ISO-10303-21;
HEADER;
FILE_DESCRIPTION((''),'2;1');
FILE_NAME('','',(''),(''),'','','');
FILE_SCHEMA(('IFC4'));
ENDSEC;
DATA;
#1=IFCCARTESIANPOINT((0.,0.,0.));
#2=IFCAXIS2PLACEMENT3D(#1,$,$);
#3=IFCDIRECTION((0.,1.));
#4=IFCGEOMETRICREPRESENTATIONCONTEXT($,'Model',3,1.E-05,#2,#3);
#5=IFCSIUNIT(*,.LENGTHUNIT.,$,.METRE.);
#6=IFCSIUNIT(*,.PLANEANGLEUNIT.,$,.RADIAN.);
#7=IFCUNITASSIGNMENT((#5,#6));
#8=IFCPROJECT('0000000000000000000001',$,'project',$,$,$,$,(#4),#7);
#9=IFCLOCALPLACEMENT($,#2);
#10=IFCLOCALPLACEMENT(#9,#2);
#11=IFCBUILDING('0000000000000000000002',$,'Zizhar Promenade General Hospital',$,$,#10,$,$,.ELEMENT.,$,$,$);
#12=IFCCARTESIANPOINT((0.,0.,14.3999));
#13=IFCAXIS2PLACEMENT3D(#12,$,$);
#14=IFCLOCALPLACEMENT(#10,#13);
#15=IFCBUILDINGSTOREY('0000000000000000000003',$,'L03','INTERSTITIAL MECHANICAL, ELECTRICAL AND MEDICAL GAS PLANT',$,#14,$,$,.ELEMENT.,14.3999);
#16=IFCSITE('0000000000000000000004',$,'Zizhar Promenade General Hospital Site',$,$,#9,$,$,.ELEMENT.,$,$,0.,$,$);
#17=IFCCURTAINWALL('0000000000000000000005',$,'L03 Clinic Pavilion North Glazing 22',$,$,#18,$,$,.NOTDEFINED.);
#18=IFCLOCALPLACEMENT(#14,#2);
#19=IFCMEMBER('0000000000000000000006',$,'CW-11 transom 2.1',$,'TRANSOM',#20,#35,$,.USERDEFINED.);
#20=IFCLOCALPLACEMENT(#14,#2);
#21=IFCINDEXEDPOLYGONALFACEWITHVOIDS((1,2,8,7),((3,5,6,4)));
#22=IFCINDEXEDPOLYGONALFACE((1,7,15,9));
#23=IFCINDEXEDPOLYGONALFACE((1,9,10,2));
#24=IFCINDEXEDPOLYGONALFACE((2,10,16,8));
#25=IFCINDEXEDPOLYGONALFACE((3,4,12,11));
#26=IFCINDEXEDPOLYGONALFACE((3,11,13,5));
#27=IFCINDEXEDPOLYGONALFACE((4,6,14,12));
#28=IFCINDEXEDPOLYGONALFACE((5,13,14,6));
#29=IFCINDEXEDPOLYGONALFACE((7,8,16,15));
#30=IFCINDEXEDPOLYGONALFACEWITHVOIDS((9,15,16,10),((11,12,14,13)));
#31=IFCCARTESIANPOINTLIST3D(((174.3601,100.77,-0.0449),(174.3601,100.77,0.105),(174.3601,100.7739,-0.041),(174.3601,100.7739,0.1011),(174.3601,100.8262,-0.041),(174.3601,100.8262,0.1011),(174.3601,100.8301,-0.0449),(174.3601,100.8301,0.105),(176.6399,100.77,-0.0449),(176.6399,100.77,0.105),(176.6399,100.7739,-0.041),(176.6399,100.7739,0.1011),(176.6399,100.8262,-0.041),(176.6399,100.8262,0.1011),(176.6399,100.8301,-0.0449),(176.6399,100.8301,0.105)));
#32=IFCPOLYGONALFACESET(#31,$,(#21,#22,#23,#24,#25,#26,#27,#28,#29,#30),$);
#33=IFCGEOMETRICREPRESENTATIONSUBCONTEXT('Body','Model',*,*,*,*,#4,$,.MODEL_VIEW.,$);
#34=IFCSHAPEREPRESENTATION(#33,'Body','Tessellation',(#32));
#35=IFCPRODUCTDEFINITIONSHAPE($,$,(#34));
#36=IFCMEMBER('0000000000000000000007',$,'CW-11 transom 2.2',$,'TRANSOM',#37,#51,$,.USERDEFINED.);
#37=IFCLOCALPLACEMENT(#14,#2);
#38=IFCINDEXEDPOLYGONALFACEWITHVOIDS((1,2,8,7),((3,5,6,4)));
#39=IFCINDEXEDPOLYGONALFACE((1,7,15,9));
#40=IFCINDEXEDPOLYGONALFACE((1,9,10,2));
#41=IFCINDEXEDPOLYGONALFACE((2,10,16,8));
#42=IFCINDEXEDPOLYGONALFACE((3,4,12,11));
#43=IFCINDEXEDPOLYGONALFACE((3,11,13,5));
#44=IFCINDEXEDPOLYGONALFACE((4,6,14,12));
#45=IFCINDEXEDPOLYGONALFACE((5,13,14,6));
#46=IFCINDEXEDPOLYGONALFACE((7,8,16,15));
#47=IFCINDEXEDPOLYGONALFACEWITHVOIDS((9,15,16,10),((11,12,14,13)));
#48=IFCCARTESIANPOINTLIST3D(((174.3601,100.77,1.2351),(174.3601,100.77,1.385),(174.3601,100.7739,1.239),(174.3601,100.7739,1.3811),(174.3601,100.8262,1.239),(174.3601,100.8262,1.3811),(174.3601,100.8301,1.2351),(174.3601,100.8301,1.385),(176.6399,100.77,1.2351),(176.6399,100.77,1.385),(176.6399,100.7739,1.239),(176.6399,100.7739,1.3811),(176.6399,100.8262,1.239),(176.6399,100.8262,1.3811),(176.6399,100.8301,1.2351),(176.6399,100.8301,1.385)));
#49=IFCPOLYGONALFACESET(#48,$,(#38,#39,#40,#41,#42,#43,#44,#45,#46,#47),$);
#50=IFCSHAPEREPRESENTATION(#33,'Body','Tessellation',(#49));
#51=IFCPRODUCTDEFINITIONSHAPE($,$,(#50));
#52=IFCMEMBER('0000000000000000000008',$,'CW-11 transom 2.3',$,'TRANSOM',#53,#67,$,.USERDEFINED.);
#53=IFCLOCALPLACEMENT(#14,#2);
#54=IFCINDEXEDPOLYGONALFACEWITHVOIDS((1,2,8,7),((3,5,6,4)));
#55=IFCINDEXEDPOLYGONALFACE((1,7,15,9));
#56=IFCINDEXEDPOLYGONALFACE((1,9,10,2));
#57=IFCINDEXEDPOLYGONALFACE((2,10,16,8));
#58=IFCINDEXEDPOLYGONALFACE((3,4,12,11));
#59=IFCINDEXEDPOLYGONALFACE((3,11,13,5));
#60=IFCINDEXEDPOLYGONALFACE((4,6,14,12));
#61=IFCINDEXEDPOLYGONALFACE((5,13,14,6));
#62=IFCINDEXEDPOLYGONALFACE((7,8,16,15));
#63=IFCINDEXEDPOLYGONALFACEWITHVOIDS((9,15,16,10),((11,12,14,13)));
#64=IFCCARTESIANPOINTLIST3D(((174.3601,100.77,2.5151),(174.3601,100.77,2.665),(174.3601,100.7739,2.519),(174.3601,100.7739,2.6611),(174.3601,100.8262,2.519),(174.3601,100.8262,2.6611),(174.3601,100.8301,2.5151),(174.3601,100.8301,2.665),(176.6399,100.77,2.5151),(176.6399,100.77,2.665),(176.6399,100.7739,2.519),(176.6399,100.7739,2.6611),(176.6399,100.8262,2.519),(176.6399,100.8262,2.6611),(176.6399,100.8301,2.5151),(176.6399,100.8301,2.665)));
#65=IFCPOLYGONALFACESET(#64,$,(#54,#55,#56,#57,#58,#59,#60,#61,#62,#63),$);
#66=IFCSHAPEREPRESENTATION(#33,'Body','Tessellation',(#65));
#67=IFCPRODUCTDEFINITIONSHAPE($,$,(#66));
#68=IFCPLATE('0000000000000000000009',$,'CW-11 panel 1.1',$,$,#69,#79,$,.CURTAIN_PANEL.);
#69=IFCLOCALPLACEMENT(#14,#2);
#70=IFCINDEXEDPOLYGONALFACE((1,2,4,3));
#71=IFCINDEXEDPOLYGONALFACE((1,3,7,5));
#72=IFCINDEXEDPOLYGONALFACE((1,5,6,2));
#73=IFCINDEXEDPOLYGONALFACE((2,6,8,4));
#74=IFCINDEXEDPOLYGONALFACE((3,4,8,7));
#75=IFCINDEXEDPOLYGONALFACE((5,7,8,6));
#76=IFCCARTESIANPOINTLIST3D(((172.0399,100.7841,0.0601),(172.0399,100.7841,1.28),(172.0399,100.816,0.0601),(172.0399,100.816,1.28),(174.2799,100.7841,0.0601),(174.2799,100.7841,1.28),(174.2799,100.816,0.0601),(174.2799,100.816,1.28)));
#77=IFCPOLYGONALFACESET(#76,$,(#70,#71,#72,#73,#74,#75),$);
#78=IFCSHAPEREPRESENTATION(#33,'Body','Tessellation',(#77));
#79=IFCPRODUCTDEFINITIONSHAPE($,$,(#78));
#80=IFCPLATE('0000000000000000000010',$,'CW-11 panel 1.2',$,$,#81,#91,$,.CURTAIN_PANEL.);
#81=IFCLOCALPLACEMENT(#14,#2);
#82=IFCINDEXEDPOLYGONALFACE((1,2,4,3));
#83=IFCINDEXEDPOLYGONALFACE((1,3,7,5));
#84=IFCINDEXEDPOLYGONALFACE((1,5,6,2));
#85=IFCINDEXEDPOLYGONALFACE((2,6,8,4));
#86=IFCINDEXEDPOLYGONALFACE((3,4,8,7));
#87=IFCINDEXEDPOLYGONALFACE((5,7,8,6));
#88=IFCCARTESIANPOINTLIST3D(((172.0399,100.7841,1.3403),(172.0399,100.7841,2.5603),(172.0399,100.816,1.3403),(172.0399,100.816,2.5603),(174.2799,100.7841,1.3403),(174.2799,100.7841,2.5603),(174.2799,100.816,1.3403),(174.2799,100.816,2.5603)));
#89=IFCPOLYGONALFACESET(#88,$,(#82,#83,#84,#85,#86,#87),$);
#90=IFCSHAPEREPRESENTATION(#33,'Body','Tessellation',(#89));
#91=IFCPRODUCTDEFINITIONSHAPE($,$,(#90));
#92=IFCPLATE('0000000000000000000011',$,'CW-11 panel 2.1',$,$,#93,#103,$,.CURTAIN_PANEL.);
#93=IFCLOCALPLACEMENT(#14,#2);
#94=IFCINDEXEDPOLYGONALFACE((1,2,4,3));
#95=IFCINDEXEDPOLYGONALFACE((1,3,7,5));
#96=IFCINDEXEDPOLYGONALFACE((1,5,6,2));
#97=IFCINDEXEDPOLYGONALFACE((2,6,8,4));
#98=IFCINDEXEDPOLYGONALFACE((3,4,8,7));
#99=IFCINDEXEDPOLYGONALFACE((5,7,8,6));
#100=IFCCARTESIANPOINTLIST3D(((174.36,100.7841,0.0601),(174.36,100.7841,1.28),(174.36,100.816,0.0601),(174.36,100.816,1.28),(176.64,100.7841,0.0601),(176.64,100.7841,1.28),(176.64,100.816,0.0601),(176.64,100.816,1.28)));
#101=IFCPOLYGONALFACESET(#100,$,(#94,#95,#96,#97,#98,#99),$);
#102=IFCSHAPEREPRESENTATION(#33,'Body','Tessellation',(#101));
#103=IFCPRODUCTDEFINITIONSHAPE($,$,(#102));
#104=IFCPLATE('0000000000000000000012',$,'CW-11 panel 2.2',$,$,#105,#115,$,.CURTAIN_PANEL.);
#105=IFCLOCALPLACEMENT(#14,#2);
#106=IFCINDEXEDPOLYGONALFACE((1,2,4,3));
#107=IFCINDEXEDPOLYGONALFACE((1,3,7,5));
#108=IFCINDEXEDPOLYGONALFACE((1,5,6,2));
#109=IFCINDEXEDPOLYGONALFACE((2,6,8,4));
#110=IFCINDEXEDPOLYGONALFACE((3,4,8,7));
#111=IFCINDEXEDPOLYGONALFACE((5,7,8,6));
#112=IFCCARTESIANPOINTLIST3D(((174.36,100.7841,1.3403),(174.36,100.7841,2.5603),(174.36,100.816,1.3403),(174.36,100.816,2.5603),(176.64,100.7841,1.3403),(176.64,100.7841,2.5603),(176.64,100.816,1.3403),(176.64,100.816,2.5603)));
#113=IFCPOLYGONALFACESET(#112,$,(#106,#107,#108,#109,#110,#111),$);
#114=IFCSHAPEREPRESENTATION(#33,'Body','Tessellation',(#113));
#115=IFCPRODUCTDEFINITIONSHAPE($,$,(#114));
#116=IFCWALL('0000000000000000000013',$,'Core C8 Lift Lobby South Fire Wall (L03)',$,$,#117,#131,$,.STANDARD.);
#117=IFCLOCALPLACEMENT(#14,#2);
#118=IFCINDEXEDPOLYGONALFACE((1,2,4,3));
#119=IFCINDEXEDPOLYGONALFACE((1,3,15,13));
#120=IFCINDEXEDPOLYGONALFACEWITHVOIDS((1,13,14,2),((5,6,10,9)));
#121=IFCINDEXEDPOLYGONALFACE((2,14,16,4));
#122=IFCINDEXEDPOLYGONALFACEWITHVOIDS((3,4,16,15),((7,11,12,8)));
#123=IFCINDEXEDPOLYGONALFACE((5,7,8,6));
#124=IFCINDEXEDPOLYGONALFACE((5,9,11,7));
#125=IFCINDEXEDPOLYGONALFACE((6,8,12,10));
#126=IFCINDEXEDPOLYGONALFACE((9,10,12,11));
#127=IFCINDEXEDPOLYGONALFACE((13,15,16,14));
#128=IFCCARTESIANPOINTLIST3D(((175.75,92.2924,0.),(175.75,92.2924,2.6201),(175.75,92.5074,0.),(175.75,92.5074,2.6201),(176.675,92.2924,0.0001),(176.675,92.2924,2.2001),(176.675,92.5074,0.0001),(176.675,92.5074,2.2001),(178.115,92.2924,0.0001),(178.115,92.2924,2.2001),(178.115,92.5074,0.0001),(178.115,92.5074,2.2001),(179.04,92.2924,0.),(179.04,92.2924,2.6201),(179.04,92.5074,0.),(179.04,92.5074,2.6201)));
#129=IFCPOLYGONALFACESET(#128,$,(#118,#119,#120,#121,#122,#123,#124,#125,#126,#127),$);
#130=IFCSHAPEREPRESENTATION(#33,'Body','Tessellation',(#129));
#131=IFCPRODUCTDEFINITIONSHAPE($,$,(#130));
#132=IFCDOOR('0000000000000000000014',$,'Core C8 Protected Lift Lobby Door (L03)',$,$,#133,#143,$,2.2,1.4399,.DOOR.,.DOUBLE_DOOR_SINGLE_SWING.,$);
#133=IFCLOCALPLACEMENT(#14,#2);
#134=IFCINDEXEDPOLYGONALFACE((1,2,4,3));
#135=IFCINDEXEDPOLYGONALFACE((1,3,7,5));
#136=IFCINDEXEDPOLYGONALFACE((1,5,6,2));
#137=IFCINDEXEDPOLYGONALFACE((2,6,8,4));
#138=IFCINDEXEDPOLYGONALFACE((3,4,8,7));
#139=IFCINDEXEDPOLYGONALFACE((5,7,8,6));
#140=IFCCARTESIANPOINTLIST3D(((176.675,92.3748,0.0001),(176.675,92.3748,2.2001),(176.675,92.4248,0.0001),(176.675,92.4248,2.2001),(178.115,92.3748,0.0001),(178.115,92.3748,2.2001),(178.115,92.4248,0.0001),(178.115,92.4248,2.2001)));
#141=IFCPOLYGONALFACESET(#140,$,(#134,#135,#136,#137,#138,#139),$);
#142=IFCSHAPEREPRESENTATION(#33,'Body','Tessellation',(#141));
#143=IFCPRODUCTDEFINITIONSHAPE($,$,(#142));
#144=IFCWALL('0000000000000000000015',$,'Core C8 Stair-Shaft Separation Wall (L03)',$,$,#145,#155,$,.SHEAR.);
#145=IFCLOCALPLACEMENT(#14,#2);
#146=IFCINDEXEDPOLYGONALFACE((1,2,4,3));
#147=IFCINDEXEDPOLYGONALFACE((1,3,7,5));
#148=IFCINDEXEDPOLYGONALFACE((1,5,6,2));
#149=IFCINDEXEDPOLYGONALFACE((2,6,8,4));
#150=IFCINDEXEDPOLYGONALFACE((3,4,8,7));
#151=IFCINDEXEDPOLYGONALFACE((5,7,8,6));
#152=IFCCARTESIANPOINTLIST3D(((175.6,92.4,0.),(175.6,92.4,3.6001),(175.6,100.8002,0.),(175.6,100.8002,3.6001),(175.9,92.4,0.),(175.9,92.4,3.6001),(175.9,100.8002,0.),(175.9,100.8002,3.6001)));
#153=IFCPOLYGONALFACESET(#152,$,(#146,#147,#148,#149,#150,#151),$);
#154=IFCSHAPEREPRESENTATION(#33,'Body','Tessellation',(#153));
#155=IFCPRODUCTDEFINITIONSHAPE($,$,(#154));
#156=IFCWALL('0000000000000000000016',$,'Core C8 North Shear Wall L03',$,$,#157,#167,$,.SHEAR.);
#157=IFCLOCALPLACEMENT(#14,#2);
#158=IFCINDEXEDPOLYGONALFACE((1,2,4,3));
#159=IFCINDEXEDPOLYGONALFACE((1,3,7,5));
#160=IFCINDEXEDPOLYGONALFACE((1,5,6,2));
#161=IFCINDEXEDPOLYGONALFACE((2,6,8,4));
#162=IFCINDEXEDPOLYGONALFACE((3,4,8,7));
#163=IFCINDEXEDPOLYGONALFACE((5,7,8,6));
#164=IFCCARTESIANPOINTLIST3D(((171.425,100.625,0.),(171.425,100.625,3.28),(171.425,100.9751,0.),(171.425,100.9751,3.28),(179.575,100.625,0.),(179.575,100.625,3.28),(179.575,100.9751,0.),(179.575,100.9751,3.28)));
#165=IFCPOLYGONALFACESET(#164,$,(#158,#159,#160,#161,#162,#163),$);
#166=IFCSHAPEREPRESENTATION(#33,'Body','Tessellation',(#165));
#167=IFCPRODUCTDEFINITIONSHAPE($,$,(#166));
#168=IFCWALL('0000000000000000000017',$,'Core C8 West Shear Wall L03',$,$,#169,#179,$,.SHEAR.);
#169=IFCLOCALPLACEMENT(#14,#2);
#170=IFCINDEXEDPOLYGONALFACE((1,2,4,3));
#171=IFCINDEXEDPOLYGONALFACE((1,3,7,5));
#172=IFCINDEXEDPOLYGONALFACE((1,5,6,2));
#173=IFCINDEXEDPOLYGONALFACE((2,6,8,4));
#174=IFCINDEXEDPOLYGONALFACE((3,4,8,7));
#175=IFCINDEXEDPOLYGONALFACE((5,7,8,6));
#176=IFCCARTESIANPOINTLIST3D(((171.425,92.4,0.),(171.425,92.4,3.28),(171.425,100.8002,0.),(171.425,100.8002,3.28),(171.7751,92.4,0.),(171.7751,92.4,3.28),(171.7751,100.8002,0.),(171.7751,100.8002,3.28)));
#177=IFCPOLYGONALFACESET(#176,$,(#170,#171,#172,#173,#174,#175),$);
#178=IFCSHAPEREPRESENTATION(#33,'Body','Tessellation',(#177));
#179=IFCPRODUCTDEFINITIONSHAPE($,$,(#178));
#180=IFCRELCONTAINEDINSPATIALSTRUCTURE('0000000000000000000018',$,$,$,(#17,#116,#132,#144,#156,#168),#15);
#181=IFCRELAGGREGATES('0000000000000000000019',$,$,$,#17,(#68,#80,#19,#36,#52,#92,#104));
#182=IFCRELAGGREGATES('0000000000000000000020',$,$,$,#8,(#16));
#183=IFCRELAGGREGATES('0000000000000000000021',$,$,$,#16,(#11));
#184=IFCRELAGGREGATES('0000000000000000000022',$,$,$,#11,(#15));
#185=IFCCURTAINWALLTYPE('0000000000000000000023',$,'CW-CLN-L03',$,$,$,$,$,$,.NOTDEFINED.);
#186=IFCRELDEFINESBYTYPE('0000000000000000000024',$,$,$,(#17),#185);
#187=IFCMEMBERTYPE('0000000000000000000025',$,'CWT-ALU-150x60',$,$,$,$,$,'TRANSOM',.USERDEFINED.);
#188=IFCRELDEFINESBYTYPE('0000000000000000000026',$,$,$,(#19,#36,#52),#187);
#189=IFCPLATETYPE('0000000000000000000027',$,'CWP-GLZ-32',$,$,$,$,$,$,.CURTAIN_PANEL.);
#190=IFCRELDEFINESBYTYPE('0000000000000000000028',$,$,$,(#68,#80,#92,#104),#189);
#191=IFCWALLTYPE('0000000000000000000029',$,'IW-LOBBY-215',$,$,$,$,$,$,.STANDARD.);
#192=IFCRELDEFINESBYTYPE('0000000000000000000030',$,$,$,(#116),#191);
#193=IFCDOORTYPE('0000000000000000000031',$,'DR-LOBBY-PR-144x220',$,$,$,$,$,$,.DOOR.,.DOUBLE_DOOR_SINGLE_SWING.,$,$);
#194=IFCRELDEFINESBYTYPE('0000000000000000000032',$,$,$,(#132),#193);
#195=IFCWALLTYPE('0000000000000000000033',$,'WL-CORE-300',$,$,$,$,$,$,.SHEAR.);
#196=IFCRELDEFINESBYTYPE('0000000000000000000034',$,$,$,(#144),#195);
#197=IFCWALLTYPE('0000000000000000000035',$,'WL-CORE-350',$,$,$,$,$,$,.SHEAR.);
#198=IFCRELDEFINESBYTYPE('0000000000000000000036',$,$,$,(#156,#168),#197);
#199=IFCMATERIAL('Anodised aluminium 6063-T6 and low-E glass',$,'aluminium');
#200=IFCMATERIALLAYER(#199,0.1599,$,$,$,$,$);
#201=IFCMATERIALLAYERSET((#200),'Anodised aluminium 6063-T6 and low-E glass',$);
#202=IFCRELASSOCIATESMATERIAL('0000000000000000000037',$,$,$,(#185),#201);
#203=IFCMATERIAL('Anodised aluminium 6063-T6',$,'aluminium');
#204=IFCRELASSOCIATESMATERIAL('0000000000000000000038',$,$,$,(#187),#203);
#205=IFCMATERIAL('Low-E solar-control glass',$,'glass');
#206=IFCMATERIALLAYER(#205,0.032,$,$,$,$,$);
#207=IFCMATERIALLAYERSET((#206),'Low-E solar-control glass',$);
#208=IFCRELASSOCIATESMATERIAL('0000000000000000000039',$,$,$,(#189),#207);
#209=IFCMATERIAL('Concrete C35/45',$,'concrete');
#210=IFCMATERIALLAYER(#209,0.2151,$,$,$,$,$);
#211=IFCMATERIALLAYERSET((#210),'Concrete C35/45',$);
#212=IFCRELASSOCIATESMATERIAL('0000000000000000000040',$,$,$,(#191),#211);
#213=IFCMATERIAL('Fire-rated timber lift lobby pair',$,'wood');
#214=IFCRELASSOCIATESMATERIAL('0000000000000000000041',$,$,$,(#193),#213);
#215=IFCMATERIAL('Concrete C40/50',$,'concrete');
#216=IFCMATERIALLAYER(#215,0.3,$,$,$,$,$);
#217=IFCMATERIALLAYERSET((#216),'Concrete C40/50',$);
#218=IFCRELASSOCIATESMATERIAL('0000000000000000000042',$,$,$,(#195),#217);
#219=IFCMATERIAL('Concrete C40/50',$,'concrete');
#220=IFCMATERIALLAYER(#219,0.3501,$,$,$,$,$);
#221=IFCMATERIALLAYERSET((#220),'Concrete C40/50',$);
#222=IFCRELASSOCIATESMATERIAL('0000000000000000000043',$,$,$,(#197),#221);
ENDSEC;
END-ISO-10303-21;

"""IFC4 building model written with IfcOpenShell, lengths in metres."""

from ifc_helpers import new_model, si_unit, direction, frame, frame_2d, origin, origin_2d, place, context, subcontext, project, spatial, rectangle, hollow_rectangle, extrude, material, layer, layer_set, material_profile, profile_set, type_object, element, fill, aggregate, save


model = new_model("IFC4")

# Units and contexts
model_context = context("Model", 3, precision=1e-05, world=origin(), true_north=direction((0.0, 1.0)))
body_context = subcontext(model_context, "Body", "Model", "MODEL_VIEW")
ifc_project = project(units=[si_unit("LENGTHUNIT", "METRE"), si_unit("PLANEANGLEUNIT", "RADIAN")], contexts=[model_context])

# Site, building, storey
site_placement = place(None, origin())
site = spatial("IfcSite", under=ifc_project, at=site_placement, Name="Zizhar Promenade General Hospital Site", CompositionType="ELEMENT", RefElevation=0.0)
building_placement = place(site_placement, origin())
building = spatial("IfcBuilding", under=site, at=building_placement, Name="Zizhar Promenade General Hospital", CompositionType="ELEMENT")
storey_placement = place(building_placement, frame((0.0, 0.0, 14.3999)))
storey = spatial("IfcBuildingStorey", under=building, at=storey_placement, Name="L03", Description="INTERSTITIAL MECHANICAL, ELECTRICAL AND MEDICAL GAS PLANT", CompositionType="ELEMENT", Elevation=14.3999)

# Shared definitions
ifc_material_1 = material(Name="Anodised aluminium 6063-T6 and low-E glass", Category="aluminium")
ifc_layer_1 = layer(ifc_material_1, 0.1599)
ifc_layer_set_1 = layer_set([ifc_layer_1], Name="Anodised aluminium 6063-T6 and low-E glass")
curtain_wall_type_1 = type_object("IfcCurtainWallType", Name="CW-CLN-L03", PredefinedType="NOTDEFINED", material=ifc_layer_set_1)

# Curtain wall
curtain_wall_1_placement = place(storey_placement, origin())
curtain_wall_1 = element("IfcCurtainWall", 1, at=curtain_wall_1_placement, inside=storey, type_object=curtain_wall_type_1, Name="L03 Clinic Pavilion North Glazing 22", PredefinedType="NOTDEFINED")

# Members
ifc_material_2 = material(Name="Anodised aluminium 6063-T6", Category="aluminium")
ifc_material_profile_1 = material_profile(ifc_material_2, hollow_rectangle(XDim=0.0601, YDim=0.1499, WallThickness=0.0039, at=origin_2d()))
ifc_profile_set_1 = profile_set([ifc_material_profile_1], Name="Anodised aluminium 6063-T6")
member_type_1 = type_object("IfcMemberType", Name="CWT-ALU-150x60", ElementType="TRANSOM", PredefinedType="USERDEFINED", material=ifc_profile_set_1)
member_1_placement = place(storey_placement, frame((174.3601, 100.8, 0.03), z_axis=(1.0, 0.0, 0.0), x_axis=(0.0, 1.0, 0.0)))
member_1 = element("IfcMember", 2, at=member_1_placement, type_object=member_type_1, Name="CW-11 transom 2.1", ObjectType="TRANSOM", PredefinedType="USERDEFINED", context=body_context, shape_type="SweptSolid", body=[
    extrude(hollow_rectangle(XDim=0.0601, YDim=0.1499, WallThickness=0.0039, at=origin_2d()), origin(), (0.0, 0.0, 1.0), 2.2798),
])
member_2_placement = place(storey_placement, frame((174.3601, 100.8, 1.3101), z_axis=(1.0, 0.0, 0.0), x_axis=(0.0, 1.0, 0.0)))
member_2 = element("IfcMember", 3, at=member_2_placement, type_object=member_type_1, Name="CW-11 transom 2.2", ObjectType="TRANSOM", PredefinedType="USERDEFINED", context=body_context, shape_type="SweptSolid", body=[
    extrude(hollow_rectangle(XDim=0.0601, YDim=0.1499, WallThickness=0.0039, at=origin_2d()), origin(), (0.0, 0.0, 1.0), 2.2798),
])
member_3_placement = place(storey_placement, frame((174.3601, 100.8, 2.5901), z_axis=(1.0, 0.0, 0.0), x_axis=(0.0, 1.0, 0.0)))
member_3 = element("IfcMember", 4, at=member_3_placement, type_object=member_type_1, Name="CW-11 transom 2.3", ObjectType="TRANSOM", PredefinedType="USERDEFINED", context=body_context, shape_type="SweptSolid", body=[
    extrude(hollow_rectangle(XDim=0.0601, YDim=0.1499, WallThickness=0.0039, at=origin_2d()), origin(), (0.0, 0.0, 1.0), 2.2798),
])

# Plates
ifc_material_3 = material(Name="Low-E solar-control glass", Category="glass")
ifc_layer_2 = layer(ifc_material_3, 0.032)
ifc_layer_set_2 = layer_set([ifc_layer_2], Name="Low-E solar-control glass")
plate_type = type_object("IfcPlateType", Name="CWP-GLZ-32", PredefinedType="CURTAIN_PANEL", material=ifc_layer_set_2)
plate_1_placement = place(storey_placement, frame((173.1599, 100.8, 0.0601), z_axis=(0.0, 0.0, 1.0), x_axis=(1.0, 0.0, 0.0)))
plate_1 = element("IfcPlate", 5, at=plate_1_placement, type_object=plate_type, Name="CW-11 panel 1.1", PredefinedType="CURTAIN_PANEL", context=body_context, shape_type="SweptSolid", body=[
    extrude(rectangle(XDim=2.24, YDim=0.032, at=origin_2d()), origin(), (0.0, 0.0, 1.0), 1.22),
])
plate_2_placement = place(storey_placement, frame((173.1599, 100.8, 1.3403), z_axis=(0.0, 0.0, 1.0), x_axis=(1.0, 0.0, 0.0)))
plate_2 = element("IfcPlate", 6, at=plate_2_placement, type_object=plate_type, Name="CW-11 panel 1.2", PredefinedType="CURTAIN_PANEL", context=body_context, shape_type="SweptSolid", body=[
    extrude(rectangle(XDim=2.24, YDim=0.032, at=origin_2d()), origin(), (0.0, 0.0, 1.0), 1.22),
])
plate_3_placement = place(storey_placement, frame((175.5, 100.8, 0.0601), z_axis=(0.0, 0.0, 1.0), x_axis=(1.0, 0.0, 0.0)))
plate_3 = element("IfcPlate", 7, at=plate_3_placement, type_object=plate_type, Name="CW-11 panel 2.1", PredefinedType="CURTAIN_PANEL", context=body_context, shape_type="SweptSolid", body=[
    extrude(rectangle(XDim=2.28, YDim=0.032, at=origin_2d()), origin(), (0.0, 0.0, 1.0), 1.22),
])
plate_4_placement = place(storey_placement, frame((175.5, 100.8, 1.3403), z_axis=(0.0, 0.0, 1.0), x_axis=(1.0, 0.0, 0.0)))
plate_4 = element("IfcPlate", 8, at=plate_4_placement, type_object=plate_type, Name="CW-11 panel 2.2", PredefinedType="CURTAIN_PANEL", context=body_context, shape_type="SweptSolid", body=[
    extrude(rectangle(XDim=2.28, YDim=0.032, at=origin_2d()), origin(), (0.0, 0.0, 1.0), 1.22),
])
aggregate(curtain_wall_1, [plate_1, plate_2, member_1, member_2, member_3, plate_3, plate_4])

# Wall, opening, door
ifc_material_4 = material(Name="Concrete C35/45", Category="concrete")
ifc_layer_3 = layer(ifc_material_4, 0.2151)
ifc_layer_set_3 = layer_set([ifc_layer_3], Name="Concrete C35/45")
wall_type_1 = type_object("IfcWallType", Name="IW-LOBBY-215", PredefinedType="STANDARD", material=ifc_layer_set_3)
wall_1_placement = place(storey_placement, frame((175.75, 92.3999, 0.0), z_axis=(0.0, 0.0, 1.0), x_axis=(1.0, 0.0, 0.0)))
wall_1 = element("IfcWall", 9, at=wall_1_placement, inside=storey, type_object=wall_type_1, Name="Core C8 Lift Lobby South Fire Wall (L03)", PredefinedType="STANDARD", context=body_context, shape_type="SweptSolid", body=[
    extrude(rectangle(XDim=3.29, YDim=0.2151, at=frame_2d((1.645, 0.0))), origin(), (0.0, 0.0, 1.0), 2.6201),
])
opening_1_placement = place(wall_1_placement, frame((0.925, 0.0, 0.0)))
opening_1 = element("IfcOpeningElement", 10, at=opening_1_placement, cuts=wall_1, PredefinedType="OPENING", context=body_context, shape_type="SweptSolid", body=[
    extrude(rectangle(XDim=1.4399, YDim=2.2, at=frame_2d((0.72, 1.1001))), frame((0.0, 0.1177, 0.0), z_axis=(0.0, -1.0, 0.0), x_axis=(1.0, 0.0, 0.0)), (0.0, 0.0, 1.0), 0.2351),
])
ifc_material_5 = material(Name="Fire-rated timber lift lobby pair", Category="wood")
door_type_1 = type_object("IfcDoorType", Name="DR-LOBBY-PR-144x220", OperationType="DOUBLE_DOOR_SINGLE_SWING", PredefinedType="DOOR", material=ifc_material_5)
door_1_placement = place(opening_1_placement, origin())
door_1 = element("IfcDoor", 11, at=door_1_placement, inside=storey, type_object=door_type_1, Name="Core C8 Protected Lift Lobby Door (L03)", OperationType="DOUBLE_DOOR_SINGLE_SWING", OverallHeight=2.2, OverallWidth=1.4399, PredefinedType="DOOR", context=body_context, shape_type="SweptSolid", body=[
    extrude(rectangle(XDim=1.4399, YDim=2.2, at=frame_2d((0.72, 1.1001))), frame((0.0, 0.0249, 0.0), z_axis=(0.0, -1.0, 0.0), x_axis=(1.0, 0.0, 0.0)), (0.0, 0.0, 1.0), 0.05),
])
fill(opening_1, door_1)
ifc_material_6 = material(Name="Concrete C40/50", Category="concrete")
ifc_layer_4 = layer(ifc_material_6, 0.3)
ifc_layer_set_4 = layer_set([ifc_layer_4], Name="Concrete C40/50")
wall_type_2 = type_object("IfcWallType", Name="WL-CORE-300", PredefinedType="SHEAR", material=ifc_layer_set_4)

# Walls
wall_2_placement = place(storey_placement, frame((175.75, 92.3999, 0.0), z_axis=(0.0, 0.0, 1.0), x_axis=(0.0, 1.0, 0.0)))
element("IfcWall", 12, at=wall_2_placement, inside=storey, type_object=wall_type_2, Name="Core C8 Stair-Shaft Separation Wall (L03)", PredefinedType="SHEAR", context=body_context, shape_type="SweptSolid", body=[
    extrude(rectangle(XDim=8.4001, YDim=0.3, at=frame_2d((4.2002, 0.0))), origin(), (0.0, 0.0, 1.0), 3.6001),
])
ifc_material_7 = material(Name="Concrete C40/50", Category="concrete")
ifc_layer_5 = layer(ifc_material_7, 0.3501)
ifc_layer_set_5 = layer_set([ifc_layer_5], Name="Concrete C40/50")
wall_type_3 = type_object("IfcWallType", Name="WL-CORE-350", PredefinedType="SHEAR", material=ifc_layer_set_5)
wall_3_placement = place(storey_placement, frame((171.425, 100.8, 0.0), z_axis=(0.0, 0.0, 1.0), x_axis=(1.0, 0.0, 0.0)))
element("IfcWall", 13, at=wall_3_placement, inside=storey, type_object=wall_type_3, Name="Core C8 North Shear Wall L03", PredefinedType="SHEAR", context=body_context, shape_type="SweptSolid", body=[
    extrude(rectangle(XDim=8.1499, YDim=0.3501, at=frame_2d((4.075, 0.0))), origin(), (0.0, 0.0, 1.0), 3.28),
])
wall_4_placement = place(storey_placement, frame((171.6001, 92.3999, 0.0), z_axis=(0.0, 0.0, 1.0), x_axis=(0.0, 1.0, 0.0)))
element("IfcWall", 14, at=wall_4_placement, inside=storey, type_object=wall_type_3, Name="Core C8 West Shear Wall L03", PredefinedType="SHEAR", context=body_context, shape_type="SweptSolid", body=[
    extrude(rectangle(XDim=8.4001, YDim=0.3501, at=frame_2d((4.2002, 0.0))), origin(), (0.0, 0.0, 1.0), 3.28),
])

save(model, "model.ifc")
